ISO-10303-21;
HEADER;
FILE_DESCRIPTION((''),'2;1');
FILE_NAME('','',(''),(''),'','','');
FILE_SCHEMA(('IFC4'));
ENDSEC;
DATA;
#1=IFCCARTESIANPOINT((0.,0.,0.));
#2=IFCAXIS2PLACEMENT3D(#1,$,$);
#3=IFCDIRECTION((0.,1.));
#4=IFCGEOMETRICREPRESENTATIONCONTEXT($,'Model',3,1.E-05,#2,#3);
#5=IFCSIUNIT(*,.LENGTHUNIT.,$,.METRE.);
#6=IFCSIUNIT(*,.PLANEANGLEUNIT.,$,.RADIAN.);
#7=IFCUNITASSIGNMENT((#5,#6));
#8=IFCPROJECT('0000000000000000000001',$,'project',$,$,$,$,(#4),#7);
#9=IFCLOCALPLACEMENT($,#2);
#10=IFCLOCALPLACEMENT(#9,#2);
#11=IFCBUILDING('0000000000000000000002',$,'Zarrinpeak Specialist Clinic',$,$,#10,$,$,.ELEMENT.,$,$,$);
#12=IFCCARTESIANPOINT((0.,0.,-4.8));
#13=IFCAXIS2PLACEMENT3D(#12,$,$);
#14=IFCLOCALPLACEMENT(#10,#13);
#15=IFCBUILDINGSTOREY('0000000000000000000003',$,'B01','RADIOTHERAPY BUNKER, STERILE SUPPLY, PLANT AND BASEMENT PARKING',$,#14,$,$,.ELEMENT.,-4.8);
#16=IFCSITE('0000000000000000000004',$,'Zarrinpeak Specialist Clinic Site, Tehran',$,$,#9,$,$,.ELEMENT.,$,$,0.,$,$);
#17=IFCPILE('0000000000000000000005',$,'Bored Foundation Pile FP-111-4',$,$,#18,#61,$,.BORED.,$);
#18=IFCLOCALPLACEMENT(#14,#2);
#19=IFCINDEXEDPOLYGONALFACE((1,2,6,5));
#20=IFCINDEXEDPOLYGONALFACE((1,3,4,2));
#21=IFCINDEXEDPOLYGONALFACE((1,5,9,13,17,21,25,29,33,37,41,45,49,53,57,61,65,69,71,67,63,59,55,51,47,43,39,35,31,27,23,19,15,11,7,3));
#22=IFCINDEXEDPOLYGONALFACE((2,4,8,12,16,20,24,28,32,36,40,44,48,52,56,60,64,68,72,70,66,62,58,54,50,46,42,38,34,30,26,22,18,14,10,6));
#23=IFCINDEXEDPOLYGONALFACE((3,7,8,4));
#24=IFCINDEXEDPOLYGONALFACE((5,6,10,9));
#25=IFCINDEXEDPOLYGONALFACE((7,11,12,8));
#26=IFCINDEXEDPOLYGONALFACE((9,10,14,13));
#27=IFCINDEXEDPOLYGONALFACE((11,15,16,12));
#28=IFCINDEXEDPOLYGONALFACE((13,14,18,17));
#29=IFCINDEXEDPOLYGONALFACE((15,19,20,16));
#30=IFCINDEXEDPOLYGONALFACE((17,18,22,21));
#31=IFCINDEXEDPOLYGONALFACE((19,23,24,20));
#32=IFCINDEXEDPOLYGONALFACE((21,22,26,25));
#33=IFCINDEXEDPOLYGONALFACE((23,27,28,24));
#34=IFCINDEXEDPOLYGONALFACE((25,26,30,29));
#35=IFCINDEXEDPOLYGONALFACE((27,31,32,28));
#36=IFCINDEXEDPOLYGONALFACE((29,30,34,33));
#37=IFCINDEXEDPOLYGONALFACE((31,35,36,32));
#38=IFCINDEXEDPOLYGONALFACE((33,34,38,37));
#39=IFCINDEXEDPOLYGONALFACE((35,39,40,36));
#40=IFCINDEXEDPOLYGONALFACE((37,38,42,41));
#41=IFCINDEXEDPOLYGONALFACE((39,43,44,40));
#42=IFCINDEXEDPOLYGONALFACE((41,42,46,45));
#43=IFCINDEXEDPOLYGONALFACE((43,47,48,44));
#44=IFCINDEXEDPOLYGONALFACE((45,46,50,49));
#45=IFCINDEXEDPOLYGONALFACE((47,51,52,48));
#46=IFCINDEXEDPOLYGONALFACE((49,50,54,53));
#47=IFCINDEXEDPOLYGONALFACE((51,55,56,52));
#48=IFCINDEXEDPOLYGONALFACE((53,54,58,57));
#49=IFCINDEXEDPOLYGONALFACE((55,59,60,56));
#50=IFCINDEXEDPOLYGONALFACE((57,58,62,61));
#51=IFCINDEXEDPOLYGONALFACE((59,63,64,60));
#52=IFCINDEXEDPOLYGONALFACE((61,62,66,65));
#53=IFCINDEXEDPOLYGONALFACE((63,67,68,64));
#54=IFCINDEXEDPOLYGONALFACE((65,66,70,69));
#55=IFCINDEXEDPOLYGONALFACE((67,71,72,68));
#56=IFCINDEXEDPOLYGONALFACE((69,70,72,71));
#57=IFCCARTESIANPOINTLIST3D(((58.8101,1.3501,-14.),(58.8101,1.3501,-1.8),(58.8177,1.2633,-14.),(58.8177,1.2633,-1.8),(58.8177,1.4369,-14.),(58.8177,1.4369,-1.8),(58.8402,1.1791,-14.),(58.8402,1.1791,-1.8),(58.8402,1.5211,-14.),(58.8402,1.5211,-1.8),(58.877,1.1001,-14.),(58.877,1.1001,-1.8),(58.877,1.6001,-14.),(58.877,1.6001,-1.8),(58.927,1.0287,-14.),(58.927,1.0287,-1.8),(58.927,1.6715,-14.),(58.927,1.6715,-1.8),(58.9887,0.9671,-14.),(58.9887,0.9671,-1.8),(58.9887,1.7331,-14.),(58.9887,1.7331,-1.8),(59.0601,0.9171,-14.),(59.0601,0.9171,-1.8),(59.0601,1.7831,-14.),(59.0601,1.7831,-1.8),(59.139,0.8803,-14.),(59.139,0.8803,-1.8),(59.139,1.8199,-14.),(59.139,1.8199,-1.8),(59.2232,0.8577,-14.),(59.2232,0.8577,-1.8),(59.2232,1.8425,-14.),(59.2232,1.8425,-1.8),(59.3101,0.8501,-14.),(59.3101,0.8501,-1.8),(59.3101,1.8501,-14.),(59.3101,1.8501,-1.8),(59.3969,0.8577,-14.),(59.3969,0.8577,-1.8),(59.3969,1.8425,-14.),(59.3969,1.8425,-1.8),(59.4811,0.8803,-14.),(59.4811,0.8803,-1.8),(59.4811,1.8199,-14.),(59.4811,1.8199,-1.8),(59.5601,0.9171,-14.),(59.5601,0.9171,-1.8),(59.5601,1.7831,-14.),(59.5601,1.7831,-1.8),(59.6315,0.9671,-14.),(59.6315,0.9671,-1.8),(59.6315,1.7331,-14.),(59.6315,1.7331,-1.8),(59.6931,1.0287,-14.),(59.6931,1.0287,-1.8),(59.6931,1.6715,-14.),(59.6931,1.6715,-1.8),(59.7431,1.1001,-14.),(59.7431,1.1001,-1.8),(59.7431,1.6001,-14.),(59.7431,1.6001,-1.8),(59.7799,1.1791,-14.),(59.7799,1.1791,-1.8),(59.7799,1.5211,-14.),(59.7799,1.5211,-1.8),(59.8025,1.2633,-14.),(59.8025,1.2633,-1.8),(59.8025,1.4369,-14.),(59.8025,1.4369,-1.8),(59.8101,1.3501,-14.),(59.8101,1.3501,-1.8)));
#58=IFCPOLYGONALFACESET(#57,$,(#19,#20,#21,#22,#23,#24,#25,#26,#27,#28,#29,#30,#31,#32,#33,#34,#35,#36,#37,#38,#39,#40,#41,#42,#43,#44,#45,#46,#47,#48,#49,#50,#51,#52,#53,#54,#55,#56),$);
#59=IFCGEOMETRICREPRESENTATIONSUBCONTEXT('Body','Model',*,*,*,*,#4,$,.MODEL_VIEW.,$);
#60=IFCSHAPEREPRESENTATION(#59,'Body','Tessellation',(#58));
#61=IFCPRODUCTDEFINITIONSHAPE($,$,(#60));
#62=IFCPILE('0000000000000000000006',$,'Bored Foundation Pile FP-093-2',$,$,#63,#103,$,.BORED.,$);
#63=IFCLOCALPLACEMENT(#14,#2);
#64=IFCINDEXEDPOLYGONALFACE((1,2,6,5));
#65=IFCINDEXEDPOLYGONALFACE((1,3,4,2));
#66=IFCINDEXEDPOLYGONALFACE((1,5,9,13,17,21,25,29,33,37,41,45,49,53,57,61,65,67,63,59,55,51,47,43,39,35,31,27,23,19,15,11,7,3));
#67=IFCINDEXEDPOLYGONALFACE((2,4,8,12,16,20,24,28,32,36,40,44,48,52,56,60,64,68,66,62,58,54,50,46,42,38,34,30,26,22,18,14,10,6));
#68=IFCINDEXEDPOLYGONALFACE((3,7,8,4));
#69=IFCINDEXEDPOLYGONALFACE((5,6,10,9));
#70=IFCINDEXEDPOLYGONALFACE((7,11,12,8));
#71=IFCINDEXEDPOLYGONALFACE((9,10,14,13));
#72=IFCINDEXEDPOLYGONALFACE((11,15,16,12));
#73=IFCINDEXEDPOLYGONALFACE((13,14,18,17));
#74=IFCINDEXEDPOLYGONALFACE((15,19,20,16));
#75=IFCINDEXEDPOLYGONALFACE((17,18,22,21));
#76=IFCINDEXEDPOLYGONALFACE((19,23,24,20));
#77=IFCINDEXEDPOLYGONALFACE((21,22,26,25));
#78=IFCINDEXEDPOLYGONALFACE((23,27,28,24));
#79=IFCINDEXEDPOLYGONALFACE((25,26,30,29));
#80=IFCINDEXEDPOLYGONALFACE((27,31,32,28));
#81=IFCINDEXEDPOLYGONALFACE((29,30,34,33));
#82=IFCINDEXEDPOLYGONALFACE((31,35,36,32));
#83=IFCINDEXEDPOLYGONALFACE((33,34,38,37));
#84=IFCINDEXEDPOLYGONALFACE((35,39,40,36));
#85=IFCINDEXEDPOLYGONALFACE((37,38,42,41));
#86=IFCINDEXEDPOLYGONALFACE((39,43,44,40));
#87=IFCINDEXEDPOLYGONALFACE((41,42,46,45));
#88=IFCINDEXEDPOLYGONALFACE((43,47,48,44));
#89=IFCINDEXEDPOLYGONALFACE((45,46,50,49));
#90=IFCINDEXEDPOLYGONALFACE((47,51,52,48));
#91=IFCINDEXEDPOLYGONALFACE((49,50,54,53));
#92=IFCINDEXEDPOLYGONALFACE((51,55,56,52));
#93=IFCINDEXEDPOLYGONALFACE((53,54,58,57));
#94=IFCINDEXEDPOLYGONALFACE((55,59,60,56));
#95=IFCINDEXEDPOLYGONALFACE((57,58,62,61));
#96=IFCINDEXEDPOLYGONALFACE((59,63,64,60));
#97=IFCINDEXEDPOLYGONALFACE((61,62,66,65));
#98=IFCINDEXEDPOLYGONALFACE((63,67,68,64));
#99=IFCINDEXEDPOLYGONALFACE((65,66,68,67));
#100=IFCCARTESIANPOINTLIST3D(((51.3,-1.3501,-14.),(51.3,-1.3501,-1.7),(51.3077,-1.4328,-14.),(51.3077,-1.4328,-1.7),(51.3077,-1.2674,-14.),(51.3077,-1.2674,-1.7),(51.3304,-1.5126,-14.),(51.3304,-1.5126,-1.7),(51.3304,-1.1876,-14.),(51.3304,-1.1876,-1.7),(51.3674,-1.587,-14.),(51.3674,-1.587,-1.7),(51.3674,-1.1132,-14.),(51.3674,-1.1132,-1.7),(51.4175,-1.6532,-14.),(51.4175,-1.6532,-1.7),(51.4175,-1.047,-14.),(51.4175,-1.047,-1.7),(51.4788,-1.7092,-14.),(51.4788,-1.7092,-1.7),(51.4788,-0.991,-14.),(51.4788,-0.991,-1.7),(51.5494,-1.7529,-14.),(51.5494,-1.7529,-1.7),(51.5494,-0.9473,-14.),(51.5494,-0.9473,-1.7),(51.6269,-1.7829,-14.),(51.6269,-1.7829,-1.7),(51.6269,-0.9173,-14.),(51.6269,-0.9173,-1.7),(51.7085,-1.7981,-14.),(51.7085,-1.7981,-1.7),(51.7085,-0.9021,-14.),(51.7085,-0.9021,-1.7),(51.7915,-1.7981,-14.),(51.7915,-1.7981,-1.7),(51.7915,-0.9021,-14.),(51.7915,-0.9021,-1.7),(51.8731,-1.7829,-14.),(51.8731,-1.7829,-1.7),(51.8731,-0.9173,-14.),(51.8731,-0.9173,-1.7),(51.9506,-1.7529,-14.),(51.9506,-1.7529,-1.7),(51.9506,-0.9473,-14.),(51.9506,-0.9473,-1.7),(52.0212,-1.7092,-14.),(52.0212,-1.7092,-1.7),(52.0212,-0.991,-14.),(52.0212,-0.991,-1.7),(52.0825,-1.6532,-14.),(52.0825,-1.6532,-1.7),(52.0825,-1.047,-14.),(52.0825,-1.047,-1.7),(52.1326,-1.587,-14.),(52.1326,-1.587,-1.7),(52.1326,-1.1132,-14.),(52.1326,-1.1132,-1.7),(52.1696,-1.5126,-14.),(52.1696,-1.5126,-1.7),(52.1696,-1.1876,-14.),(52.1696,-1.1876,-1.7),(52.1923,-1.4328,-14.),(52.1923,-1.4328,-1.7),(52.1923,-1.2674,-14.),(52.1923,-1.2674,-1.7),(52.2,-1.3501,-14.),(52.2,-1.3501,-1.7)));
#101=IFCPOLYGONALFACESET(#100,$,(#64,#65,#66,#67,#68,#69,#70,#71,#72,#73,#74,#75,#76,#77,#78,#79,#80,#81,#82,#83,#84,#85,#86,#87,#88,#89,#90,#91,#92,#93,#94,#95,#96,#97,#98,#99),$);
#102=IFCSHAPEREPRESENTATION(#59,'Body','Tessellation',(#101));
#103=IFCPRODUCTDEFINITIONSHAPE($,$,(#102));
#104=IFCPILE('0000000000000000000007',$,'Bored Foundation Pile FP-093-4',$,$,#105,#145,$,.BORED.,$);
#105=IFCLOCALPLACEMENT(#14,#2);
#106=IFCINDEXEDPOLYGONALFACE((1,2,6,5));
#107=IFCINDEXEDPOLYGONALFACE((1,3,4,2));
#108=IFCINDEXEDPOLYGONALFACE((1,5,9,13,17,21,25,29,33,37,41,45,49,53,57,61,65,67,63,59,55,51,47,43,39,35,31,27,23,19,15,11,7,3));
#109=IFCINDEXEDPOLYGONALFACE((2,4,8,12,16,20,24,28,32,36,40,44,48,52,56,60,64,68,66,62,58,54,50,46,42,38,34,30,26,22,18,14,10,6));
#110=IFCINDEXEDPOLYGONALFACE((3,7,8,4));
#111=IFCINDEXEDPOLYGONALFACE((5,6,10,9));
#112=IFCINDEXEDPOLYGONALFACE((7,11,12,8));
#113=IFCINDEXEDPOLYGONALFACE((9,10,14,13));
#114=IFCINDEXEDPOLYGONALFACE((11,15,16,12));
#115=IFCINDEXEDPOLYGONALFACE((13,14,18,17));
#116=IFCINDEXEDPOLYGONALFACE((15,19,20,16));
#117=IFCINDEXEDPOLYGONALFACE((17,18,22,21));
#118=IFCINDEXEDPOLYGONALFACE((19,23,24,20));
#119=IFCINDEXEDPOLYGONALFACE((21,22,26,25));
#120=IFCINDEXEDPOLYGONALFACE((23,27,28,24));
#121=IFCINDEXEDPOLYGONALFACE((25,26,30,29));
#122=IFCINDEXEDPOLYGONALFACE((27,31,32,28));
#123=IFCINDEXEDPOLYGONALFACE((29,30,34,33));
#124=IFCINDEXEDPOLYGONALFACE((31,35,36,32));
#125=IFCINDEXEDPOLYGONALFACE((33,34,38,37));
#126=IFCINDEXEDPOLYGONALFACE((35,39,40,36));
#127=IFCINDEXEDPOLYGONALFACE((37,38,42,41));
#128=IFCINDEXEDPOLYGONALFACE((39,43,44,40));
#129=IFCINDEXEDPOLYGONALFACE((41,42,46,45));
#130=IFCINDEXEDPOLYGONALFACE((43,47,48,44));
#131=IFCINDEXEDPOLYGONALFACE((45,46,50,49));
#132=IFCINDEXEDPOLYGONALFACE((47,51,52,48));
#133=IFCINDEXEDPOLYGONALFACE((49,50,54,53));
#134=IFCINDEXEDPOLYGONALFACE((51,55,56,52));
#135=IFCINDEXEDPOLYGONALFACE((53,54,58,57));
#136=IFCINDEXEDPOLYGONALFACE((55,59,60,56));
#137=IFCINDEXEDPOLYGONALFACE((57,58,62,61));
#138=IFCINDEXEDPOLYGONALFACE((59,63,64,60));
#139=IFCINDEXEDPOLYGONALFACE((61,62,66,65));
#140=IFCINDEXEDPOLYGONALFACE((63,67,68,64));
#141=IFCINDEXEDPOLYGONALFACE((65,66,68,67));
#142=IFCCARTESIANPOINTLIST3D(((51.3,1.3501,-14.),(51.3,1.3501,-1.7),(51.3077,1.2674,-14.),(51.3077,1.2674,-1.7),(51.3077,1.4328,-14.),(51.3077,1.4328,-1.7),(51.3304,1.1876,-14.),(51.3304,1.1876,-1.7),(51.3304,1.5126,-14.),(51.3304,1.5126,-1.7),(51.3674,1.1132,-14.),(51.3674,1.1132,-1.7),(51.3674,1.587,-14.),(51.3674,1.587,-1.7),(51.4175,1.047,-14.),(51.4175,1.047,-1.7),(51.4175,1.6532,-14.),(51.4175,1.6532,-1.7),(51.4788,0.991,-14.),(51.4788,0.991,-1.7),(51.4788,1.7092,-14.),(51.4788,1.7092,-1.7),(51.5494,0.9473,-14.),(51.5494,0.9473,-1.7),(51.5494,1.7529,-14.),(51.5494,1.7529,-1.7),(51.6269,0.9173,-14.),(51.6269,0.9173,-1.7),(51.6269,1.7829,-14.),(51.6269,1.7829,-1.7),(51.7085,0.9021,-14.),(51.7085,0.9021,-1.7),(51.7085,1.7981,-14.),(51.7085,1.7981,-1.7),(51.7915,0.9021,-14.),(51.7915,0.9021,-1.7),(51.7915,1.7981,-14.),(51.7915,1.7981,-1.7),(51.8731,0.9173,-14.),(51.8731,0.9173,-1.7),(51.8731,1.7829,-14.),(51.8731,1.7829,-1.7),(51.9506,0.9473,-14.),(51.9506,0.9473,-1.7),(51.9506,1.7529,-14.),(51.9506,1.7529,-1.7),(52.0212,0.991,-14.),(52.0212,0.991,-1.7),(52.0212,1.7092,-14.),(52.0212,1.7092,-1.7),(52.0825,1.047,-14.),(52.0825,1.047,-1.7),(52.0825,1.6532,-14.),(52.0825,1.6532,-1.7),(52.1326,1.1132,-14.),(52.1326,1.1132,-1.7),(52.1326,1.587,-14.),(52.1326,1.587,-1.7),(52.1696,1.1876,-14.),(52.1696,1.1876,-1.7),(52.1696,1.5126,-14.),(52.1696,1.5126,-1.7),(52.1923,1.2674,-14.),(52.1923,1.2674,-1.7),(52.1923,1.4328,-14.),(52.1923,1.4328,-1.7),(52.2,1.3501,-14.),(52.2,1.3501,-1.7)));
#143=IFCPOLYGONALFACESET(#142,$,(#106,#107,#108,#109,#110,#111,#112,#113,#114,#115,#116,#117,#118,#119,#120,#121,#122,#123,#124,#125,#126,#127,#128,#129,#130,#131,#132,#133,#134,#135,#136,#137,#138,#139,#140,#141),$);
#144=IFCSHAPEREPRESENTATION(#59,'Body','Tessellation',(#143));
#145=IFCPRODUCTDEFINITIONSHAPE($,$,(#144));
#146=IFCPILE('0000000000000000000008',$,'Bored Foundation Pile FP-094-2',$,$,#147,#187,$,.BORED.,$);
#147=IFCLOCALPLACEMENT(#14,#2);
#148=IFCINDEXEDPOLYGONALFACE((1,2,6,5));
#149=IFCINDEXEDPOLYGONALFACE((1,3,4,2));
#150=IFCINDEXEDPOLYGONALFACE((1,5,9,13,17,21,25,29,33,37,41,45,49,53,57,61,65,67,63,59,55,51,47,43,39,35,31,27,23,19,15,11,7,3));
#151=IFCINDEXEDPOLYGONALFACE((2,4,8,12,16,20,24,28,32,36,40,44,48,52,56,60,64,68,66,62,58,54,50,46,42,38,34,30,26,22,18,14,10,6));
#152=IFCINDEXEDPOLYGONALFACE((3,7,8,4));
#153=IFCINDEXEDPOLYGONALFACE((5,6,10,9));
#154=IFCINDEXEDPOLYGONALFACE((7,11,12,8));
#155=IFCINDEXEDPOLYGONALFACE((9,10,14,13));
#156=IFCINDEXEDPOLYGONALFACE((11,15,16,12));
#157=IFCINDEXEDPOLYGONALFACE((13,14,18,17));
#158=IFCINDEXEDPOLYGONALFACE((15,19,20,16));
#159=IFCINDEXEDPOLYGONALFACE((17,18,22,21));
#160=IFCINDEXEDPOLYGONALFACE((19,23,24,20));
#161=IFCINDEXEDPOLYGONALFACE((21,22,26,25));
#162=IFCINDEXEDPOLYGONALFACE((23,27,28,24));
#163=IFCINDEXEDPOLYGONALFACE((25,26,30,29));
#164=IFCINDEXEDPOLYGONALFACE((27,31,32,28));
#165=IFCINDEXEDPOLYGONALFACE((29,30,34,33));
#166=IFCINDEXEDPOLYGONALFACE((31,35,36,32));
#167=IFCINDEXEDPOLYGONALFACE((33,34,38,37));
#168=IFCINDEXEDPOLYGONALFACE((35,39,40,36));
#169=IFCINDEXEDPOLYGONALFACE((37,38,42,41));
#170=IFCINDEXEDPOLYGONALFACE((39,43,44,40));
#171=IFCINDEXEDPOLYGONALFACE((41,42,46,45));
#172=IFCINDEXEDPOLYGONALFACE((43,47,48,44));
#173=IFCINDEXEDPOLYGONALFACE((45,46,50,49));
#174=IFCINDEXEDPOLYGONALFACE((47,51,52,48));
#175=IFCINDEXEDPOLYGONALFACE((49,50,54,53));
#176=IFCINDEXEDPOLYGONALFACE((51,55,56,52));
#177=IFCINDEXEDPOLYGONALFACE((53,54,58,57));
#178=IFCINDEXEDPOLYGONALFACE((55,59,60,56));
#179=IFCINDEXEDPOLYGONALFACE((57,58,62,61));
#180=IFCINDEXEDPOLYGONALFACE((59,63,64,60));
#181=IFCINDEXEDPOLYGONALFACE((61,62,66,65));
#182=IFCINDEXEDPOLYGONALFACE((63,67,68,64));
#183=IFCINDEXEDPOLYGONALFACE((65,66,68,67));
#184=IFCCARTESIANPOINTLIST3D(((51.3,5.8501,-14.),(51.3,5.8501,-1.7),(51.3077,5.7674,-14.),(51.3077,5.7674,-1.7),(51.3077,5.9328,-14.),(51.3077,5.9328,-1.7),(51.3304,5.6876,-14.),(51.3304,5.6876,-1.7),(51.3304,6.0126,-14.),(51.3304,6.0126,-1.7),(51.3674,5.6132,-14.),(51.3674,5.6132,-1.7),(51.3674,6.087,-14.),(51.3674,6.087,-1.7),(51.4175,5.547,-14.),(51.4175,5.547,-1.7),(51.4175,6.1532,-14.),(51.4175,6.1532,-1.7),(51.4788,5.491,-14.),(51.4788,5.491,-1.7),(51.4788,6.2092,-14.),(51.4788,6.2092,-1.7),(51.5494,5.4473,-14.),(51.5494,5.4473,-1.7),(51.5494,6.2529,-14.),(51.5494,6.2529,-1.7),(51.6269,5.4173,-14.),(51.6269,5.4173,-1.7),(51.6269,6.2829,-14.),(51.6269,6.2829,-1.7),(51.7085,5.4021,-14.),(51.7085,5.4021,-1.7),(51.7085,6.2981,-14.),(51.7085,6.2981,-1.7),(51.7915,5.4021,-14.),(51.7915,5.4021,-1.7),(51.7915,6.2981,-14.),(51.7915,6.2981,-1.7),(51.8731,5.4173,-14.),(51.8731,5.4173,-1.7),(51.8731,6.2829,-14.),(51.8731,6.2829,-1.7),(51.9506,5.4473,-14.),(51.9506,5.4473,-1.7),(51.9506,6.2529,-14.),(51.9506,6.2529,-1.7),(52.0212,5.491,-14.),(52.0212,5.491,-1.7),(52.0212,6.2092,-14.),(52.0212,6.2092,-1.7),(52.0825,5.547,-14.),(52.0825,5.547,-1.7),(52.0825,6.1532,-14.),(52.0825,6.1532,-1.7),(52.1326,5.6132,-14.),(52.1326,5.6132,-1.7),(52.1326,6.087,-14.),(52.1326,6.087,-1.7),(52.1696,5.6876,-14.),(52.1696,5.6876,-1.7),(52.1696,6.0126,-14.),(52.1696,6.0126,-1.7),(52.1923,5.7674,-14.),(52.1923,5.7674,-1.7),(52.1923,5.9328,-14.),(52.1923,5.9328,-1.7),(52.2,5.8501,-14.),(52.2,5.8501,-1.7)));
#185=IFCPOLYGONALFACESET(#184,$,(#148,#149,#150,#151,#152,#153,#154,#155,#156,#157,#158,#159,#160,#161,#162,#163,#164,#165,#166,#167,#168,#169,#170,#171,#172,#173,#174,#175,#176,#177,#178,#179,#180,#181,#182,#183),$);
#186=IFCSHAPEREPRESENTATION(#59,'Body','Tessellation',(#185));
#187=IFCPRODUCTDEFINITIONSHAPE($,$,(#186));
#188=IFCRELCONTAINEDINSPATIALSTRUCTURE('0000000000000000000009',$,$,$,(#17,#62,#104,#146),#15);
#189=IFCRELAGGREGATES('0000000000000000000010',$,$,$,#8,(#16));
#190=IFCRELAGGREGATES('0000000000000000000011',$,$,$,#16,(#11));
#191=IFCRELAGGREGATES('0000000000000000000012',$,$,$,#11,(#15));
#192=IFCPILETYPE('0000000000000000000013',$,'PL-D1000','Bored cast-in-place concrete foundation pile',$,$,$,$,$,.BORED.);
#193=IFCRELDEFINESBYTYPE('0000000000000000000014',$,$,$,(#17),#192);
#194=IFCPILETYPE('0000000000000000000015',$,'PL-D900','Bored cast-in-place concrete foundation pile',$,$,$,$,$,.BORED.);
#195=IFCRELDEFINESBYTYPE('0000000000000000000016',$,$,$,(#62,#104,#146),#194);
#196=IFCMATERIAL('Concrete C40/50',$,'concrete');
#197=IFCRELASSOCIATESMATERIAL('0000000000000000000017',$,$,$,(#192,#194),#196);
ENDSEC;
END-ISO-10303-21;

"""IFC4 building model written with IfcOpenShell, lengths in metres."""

from ifc_helpers import new_model, si_unit, direction, frame, origin, origin_2d, place, context, subcontext, project, spatial, circle, extrude, material, material_profile, profile_set, type_object, element, save


model = new_model("IFC4")

# Units and contexts
model_context = context("Model", 3, precision=1e-05, world=origin(), true_north=direction((0.0, 1.0)))
body_context = subcontext(model_context, "Body", "Model", "MODEL_VIEW")
ifc_project = project(units=[si_unit("LENGTHUNIT", "METRE"), si_unit("PLANEANGLEUNIT", "RADIAN")], contexts=[model_context])

# Site, building, storey
site_placement = place(None, origin())
site = spatial("IfcSite", under=ifc_project, at=site_placement, Name="Zarrinpeak Specialist Clinic Site, Tehran", CompositionType="ELEMENT", RefElevation=0.0)
building_placement = place(site_placement, origin())
building = spatial("IfcBuilding", under=site, at=building_placement, Name="Zarrinpeak Specialist Clinic", CompositionType="ELEMENT")
storey_placement = place(building_placement, frame((0.0, 0.0, -4.8)))
storey = spatial("IfcBuildingStorey", under=building, at=storey_placement, Name="B01", Description="RADIOTHERAPY BUNKER, STERILE SUPPLY, PLANT AND BASEMENT PARKING", CompositionType="ELEMENT", Elevation=-4.8)

# Shared definitions
ifc_material_1 = material(Name="Concrete C40/50", Category="concrete")

# Piles
ifc_material_profile_1 = material_profile(ifc_material_1, circle(Radius=0.5, at=origin_2d()), Name="BORED PILE D1000")
ifc_profile_set_1 = profile_set([ifc_material_profile_1], Name="Concrete C40/50")
pile_type_1 = type_object("IfcPileType", Name="PL-D1000", Description="Bored cast-in-place concrete foundation pile", PredefinedType="BORED", material=ifc_profile_set_1)
for number, where, z_axis, x_axis, name in (
    (1, (59.3101, 1.3501, -1.8), (0.0, 0.0, -1.0), (1.0, 0.0, 0.0), "Bored Foundation Pile FP-111-4"),
):
    element("IfcPile", number, at=place(storey_placement, frame(where, z_axis=z_axis, x_axis=x_axis)), inside=storey, type_object=pile_type_1, Name=name, PredefinedType="BORED", context=body_context, shape_type="SweptSolid", body=[
        extrude(circle(Radius=0.5, at=origin_2d()), origin(), (0.0, 0.0, 1.0), 12.2),
    ])
ifc_material_profile_2 = material_profile(ifc_material_1, circle(Radius=0.45, at=origin_2d()), Name="BORED PILE D900")
ifc_profile_set_2 = profile_set([ifc_material_profile_2], Name="Concrete C40/50")
pile_type_2 = type_object("IfcPileType", Name="PL-D900", Description="Bored cast-in-place concrete foundation pile", PredefinedType="BORED", material=ifc_profile_set_2)
for number, where, z_axis, x_axis, name in (
    (2, (51.75, -1.3501, -1.7), (0.0, 0.0, -1.0), (1.0, 0.0, 0.0), "Bored Foundation Pile FP-093-2"),
    (3, (51.75, 1.3501, -1.7), (0.0, 0.0, -1.0), (1.0, 0.0, 0.0), "Bored Foundation Pile FP-093-4"),
    (4, (51.75, 5.8501, -1.7), (0.0, 0.0, -1.0), (1.0, 0.0, 0.0), "Bored Foundation Pile FP-094-2"),
):
    element("IfcPile", number, at=place(storey_placement, frame(where, z_axis=z_axis, x_axis=x_axis)), inside=storey, type_object=pile_type_2, Name=name, PredefinedType="BORED", context=body_context, shape_type="SweptSolid", body=[
        extrude(circle(Radius=0.45, at=origin_2d()), origin(), (0.0, 0.0, 1.0), 12.3),
    ])

save(model, "model.ifc")
